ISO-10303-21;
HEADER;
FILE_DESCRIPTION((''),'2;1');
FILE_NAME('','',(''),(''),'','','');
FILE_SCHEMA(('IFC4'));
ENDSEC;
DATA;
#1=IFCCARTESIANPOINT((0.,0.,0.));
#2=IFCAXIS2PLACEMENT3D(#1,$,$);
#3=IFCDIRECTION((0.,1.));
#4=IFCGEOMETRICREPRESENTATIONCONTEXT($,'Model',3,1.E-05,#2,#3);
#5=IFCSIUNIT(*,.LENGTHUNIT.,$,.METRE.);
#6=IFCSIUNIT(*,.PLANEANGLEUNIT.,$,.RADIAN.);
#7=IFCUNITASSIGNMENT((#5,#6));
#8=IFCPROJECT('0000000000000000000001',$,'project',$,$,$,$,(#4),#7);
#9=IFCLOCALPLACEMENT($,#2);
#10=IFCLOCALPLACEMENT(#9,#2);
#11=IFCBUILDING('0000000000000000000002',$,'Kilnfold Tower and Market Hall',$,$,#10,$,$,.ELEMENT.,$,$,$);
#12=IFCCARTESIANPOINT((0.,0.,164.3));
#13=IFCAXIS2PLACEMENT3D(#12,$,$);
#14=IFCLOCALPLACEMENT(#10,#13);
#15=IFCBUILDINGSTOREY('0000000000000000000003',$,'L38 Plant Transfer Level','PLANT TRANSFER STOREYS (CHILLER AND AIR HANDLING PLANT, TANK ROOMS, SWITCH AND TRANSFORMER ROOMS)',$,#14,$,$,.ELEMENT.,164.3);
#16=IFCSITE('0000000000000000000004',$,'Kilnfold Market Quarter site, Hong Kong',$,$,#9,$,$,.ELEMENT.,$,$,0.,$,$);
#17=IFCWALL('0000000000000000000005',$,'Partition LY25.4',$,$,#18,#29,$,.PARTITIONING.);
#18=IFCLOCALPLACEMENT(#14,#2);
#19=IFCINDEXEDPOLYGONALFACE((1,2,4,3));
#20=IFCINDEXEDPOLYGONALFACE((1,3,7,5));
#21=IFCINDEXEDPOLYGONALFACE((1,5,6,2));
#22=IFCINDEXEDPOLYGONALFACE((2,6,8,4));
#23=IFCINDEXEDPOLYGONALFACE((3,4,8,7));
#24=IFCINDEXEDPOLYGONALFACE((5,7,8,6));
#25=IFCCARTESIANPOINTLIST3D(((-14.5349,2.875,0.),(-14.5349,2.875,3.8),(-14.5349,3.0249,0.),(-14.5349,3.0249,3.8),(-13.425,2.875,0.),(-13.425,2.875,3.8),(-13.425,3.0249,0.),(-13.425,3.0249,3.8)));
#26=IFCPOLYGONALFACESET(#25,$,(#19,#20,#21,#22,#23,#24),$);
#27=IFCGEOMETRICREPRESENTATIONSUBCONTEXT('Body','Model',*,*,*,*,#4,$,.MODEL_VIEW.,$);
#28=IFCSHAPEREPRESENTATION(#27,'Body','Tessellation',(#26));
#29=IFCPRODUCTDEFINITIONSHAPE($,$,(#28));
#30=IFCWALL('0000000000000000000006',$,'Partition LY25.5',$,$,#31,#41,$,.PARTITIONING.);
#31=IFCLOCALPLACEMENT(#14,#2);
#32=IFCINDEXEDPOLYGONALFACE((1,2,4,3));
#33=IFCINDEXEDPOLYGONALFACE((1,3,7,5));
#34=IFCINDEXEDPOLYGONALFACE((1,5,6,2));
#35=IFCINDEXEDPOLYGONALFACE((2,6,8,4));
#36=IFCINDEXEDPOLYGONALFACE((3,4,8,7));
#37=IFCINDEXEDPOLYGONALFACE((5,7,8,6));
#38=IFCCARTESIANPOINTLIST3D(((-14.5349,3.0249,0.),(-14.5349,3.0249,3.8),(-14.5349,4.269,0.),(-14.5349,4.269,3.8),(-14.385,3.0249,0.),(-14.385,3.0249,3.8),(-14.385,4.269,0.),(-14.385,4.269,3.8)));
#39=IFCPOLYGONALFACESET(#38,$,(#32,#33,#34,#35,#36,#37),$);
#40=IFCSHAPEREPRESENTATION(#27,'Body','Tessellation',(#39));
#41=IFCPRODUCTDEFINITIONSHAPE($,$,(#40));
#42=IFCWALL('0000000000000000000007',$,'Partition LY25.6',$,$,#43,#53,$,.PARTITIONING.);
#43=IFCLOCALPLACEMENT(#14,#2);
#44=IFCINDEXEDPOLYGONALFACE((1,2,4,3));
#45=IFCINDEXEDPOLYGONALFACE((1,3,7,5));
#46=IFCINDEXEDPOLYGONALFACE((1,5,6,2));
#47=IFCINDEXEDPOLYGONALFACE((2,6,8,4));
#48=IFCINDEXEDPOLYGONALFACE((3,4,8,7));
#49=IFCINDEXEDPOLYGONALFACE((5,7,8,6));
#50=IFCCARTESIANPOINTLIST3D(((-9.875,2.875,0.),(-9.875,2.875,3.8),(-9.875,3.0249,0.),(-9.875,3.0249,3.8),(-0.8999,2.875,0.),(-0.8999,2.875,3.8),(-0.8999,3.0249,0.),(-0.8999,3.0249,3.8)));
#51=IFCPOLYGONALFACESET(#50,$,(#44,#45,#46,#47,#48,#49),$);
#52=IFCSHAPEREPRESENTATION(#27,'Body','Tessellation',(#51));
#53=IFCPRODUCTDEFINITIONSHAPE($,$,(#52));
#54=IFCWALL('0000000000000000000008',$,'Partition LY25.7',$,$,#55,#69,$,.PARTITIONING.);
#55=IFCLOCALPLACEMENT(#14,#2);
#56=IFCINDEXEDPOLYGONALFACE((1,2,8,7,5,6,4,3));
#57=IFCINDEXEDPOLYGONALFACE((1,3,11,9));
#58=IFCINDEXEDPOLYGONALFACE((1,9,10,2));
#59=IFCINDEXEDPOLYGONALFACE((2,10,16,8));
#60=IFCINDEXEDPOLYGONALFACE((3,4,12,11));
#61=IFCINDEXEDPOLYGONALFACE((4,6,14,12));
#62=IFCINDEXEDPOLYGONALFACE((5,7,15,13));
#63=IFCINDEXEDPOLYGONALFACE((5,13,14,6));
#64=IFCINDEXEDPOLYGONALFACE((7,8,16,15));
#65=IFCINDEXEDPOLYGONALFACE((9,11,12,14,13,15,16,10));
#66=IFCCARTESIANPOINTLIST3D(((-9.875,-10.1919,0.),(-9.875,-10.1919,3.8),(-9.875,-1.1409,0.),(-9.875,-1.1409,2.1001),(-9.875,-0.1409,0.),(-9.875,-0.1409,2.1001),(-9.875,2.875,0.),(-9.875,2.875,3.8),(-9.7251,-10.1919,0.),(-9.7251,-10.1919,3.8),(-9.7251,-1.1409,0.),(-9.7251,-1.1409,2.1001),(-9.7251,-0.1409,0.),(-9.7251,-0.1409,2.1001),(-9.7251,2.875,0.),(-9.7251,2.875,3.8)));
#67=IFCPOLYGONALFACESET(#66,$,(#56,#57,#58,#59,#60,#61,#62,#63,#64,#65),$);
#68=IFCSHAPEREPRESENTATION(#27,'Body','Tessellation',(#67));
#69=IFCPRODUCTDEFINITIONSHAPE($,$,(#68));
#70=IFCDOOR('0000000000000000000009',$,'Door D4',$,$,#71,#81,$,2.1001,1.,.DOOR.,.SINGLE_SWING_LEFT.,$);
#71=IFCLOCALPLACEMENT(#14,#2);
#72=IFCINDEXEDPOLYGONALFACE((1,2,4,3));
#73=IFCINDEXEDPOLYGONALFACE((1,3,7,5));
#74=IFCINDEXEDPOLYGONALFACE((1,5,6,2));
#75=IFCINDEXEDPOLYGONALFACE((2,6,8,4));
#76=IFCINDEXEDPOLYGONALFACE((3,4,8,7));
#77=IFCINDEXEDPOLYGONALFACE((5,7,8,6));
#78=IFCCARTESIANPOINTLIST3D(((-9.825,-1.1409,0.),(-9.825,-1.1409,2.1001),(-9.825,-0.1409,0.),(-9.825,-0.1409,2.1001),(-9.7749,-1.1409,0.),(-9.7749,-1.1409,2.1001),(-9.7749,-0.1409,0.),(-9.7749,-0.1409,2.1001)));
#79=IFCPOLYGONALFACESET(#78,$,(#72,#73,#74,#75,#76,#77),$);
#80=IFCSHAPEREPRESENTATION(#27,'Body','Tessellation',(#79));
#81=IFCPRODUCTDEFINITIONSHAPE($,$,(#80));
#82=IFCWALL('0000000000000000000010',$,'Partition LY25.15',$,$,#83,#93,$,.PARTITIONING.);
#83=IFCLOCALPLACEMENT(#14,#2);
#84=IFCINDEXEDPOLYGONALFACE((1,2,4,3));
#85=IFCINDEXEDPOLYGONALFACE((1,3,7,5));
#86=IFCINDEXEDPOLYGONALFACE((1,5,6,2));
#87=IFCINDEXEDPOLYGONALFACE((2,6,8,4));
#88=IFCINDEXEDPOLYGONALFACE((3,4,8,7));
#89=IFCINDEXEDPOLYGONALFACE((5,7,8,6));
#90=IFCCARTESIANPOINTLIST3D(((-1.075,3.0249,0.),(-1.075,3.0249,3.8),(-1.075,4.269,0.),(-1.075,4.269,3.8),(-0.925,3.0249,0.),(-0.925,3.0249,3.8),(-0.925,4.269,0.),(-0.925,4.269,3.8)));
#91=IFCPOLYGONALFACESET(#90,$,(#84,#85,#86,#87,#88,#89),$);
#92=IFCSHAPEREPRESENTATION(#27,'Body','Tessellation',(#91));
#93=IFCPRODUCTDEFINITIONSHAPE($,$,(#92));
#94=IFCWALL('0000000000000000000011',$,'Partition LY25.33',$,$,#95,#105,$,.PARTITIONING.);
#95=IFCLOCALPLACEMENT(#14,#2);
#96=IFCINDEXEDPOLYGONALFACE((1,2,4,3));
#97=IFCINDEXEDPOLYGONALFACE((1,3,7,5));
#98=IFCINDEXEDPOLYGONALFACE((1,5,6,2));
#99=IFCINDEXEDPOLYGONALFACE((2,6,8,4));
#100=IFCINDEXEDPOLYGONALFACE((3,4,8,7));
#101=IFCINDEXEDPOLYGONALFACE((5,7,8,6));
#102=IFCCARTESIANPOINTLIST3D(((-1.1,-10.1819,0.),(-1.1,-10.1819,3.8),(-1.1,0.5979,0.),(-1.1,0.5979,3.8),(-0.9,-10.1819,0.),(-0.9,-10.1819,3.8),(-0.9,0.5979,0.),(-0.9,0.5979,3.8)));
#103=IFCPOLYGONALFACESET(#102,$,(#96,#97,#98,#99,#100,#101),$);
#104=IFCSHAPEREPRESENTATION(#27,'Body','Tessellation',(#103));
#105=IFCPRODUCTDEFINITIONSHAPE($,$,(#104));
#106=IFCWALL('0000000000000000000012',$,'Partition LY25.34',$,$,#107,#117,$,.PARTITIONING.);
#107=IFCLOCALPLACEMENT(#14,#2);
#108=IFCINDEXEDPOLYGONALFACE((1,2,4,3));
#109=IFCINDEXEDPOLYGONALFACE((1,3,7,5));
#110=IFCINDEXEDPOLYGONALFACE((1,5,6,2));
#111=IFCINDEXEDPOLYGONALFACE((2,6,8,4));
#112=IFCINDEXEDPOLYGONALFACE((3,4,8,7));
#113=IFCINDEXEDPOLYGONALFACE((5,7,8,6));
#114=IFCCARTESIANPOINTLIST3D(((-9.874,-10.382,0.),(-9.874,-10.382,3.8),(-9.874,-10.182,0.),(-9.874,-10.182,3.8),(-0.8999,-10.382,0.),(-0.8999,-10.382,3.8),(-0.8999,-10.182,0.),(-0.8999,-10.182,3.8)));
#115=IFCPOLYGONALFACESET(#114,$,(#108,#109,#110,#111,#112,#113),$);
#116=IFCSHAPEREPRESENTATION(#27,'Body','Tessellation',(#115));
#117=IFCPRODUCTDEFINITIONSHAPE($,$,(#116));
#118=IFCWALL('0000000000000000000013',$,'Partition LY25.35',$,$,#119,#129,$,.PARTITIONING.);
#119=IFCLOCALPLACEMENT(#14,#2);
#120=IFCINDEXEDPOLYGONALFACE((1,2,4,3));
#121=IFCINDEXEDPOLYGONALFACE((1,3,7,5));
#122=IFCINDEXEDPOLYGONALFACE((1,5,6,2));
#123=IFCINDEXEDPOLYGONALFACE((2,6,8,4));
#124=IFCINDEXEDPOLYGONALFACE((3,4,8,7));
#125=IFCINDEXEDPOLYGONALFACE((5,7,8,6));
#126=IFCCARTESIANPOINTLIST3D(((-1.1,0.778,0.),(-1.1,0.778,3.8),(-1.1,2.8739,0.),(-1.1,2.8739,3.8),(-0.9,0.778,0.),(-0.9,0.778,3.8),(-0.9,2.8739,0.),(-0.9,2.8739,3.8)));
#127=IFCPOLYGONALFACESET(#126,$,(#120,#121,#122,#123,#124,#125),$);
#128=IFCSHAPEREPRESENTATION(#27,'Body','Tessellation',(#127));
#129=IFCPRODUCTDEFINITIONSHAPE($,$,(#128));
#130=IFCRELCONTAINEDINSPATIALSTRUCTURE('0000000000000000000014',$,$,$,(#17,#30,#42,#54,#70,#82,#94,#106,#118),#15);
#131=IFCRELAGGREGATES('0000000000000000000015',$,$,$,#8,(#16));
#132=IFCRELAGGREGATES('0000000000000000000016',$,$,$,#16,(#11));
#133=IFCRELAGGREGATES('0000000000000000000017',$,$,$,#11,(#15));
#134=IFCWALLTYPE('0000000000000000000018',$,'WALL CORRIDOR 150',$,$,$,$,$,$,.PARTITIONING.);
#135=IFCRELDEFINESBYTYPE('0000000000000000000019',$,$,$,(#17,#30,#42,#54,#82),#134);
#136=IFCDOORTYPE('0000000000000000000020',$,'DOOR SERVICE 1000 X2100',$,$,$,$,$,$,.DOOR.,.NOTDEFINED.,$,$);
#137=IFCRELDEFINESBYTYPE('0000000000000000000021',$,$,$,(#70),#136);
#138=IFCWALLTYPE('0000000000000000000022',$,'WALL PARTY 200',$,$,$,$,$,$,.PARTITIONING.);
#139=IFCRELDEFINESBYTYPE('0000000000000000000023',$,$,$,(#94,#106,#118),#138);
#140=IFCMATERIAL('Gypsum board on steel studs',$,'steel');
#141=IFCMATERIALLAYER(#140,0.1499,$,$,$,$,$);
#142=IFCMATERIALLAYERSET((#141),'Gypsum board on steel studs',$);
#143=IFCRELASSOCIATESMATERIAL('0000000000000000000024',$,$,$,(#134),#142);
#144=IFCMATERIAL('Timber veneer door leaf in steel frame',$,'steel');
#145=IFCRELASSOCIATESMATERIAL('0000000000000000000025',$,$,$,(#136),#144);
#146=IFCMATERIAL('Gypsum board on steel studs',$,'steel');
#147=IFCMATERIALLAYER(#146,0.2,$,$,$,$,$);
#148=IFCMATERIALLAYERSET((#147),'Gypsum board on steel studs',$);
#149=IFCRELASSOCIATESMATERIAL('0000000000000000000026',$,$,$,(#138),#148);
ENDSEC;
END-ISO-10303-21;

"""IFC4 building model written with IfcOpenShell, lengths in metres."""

from ifc_helpers import new_model, si_unit, direction, frame, frame_2d, origin, place, context, subcontext, project, spatial, rectangle, extrude, material, layer, layer_set, type_object, element, fill, save


model = new_model("IFC4")

# Units and contexts
model_context = context("Model", 3, precision=1e-05, world=origin(), true_north=direction((0.0, 1.0)))
body_context = subcontext(model_context, "Body", "Model", "MODEL_VIEW")
ifc_project = project(units=[si_unit("LENGTHUNIT", "METRE"), si_unit("PLANEANGLEUNIT", "RADIAN")], contexts=[model_context])

# Site, building, storey
site_placement = place(None, origin())
site = spatial("IfcSite", under=ifc_project, at=site_placement, Name="Kilnfold Market Quarter site, Hong Kong", CompositionType="ELEMENT", RefElevation=0.0)
building_placement = place(site_placement, origin())
building = spatial("IfcBuilding", under=site, at=building_placement, Name="Kilnfold Tower and Market Hall", CompositionType="ELEMENT")
storey_placement = place(building_placement, frame((0.0, 0.0, 164.3)))
storey = spatial("IfcBuildingStorey", under=building, at=storey_placement, Name="L38 Plant Transfer Level", Description="PLANT TRANSFER STOREYS (CHILLER AND AIR HANDLING PLANT, TANK ROOMS, SWITCH AND TRANSFORMER ROOMS)", CompositionType="ELEMENT", Elevation=164.3)

# Shared definitions
ifc_material_1 = material(Name="Gypsum board on steel studs", Category="steel")
ifc_layer_1 = layer(ifc_material_1, 0.1499)
ifc_layer_set_1 = layer_set([ifc_layer_1], Name="Gypsum board on steel studs")
wall_type_1 = type_object("IfcWallType", Name="WALL CORRIDOR 150", PredefinedType="PARTITIONING", material=ifc_layer_set_1)
ifc_material_2 = material(Name="Timber veneer door leaf in steel frame", Category="steel")
door_type = type_object("IfcDoorType", Name="DOOR SERVICE 1000 X2100", OperationType="NOTDEFINED", PredefinedType="DOOR", material=ifc_material_2)

# Walls
wall_1_placement = place(storey_placement, frame((-14.5349, 2.95, 0.0), z_axis=(0.0, 0.0, 1.0), x_axis=(1.0, 0.0, 0.0)))
element("IfcWall", 1, at=wall_1_placement, inside=storey, type_object=wall_type_1, Name="Partition LY25.4", PredefinedType="PARTITIONING", context=body_context, shape_type="SweptSolid", body=[
    extrude(rectangle(XDim=1.1099, YDim=0.1499, at=frame_2d((0.5549, 0.0))), origin(), (0.0, 0.0, 1.0), 3.8),
])
wall_2_placement = place(storey_placement, frame((-14.46, 4.269, 0.0), z_axis=(0.0, 0.0, 1.0), x_axis=(0.0, -1.0, 0.0)))
element("IfcWall", 2, at=wall_2_placement, inside=storey, type_object=wall_type_1, Name="Partition LY25.5", PredefinedType="PARTITIONING", context=body_context, shape_type="SweptSolid", body=[
    extrude(rectangle(XDim=1.2441, YDim=0.1499, at=frame_2d((0.6221, 0.0))), origin(), (0.0, 0.0, 1.0), 3.8),
])
wall_3_placement = place(storey_placement, frame((-9.875, 2.95, 0.0), z_axis=(0.0, 0.0, 1.0), x_axis=(1.0, 0.0, 0.0)))
element("IfcWall", 3, at=wall_3_placement, inside=storey, type_object=wall_type_1, Name="Partition LY25.6", PredefinedType="PARTITIONING", context=body_context, shape_type="SweptSolid", body=[
    extrude(rectangle(XDim=8.9751, YDim=0.1499, at=frame_2d((4.4875, 0.0))), origin(), (0.0, 0.0, 1.0), 3.8),
])

# Wall, opening, door
wall_4_placement = place(storey_placement, frame((-9.8, -10.1919, 0.0), z_axis=(0.0, 0.0, 1.0), x_axis=(0.0, 1.0, 0.0)))
wall_4 = element("IfcWall", 4, at=wall_4_placement, inside=storey, type_object=wall_type_1, Name="Partition LY25.7", PredefinedType="PARTITIONING", context=body_context, shape_type="SweptSolid", body=[
    extrude(rectangle(XDim=13.0669, YDim=0.1499, at=frame_2d((6.5334, 0.0))), origin(), (0.0, 0.0, 1.0), 3.8),
])
opening_1_placement = place(wall_4_placement, frame((9.051, 0.0, 0.0)))
opening_1 = element("IfcOpeningElement", 5, at=opening_1_placement, cuts=wall_4, PredefinedType="OPENING", context=body_context, shape_type="SweptSolid", body=[
    extrude(rectangle(XDim=1.0, YDim=2.1001, at=frame_2d((0.5, 1.05))), frame((0.0, 0.085, 0.0), z_axis=(0.0, -1.0, 0.0), x_axis=(1.0, 0.0, 0.0)), (0.0, 0.0, 1.0), 0.1699),
])
door_1_placement = place(opening_1_placement, origin())
door_1 = element("IfcDoor", 6, at=door_1_placement, inside=storey, type_object=door_type, Name="Door D4", OperationType="SINGLE_SWING_LEFT", OverallHeight=2.1001, OverallWidth=1.0, PredefinedType="DOOR", context=body_context, shape_type="SweptSolid", body=[
    extrude(rectangle(XDim=1.0, YDim=2.1001, at=frame_2d((0.5, 1.05))), frame((0.0, 0.0249, 0.0), z_axis=(0.0, -1.0, 0.0), x_axis=(1.0, 0.0, 0.0)), (0.0, 0.0, 1.0), 0.05),
])
fill(opening_1, door_1)

# Walls
wall_5_placement = place(storey_placement, frame((-1.0, 3.0249, 0.0), z_axis=(0.0, 0.0, 1.0), x_axis=(0.0, 1.0, 0.0)))
element("IfcWall", 7, at=wall_5_placement, inside=storey, type_object=wall_type_1, Name="Partition LY25.15", PredefinedType="PARTITIONING", context=body_context, shape_type="SweptSolid", body=[
    extrude(rectangle(XDim=1.2441, YDim=0.1499, at=frame_2d((0.6221, 0.0))), origin(), (0.0, 0.0, 1.0), 3.8),
])
ifc_material_3 = material(Name="Gypsum board on steel studs", Category="steel")
ifc_layer_2 = layer(ifc_material_3, 0.2)
ifc_layer_set_2 = layer_set([ifc_layer_2], Name="Gypsum board on steel studs")
wall_type_2 = type_object("IfcWallType", Name="WALL PARTY 200", PredefinedType="PARTITIONING", material=ifc_layer_set_2)
wall_6_placement = place(storey_placement, frame((-1.0, -10.1819, 0.0), z_axis=(0.0, 0.0, 1.0), x_axis=(0.0, 1.0, 0.0)))
element("IfcWall", 8, at=wall_6_placement, inside=storey, type_object=wall_type_2, Name="Partition LY25.33", PredefinedType="PARTITIONING", context=body_context, shape_type="SweptSolid", body=[
    extrude(rectangle(XDim=10.7798, YDim=0.2, at=frame_2d((5.3899, 0.0))), origin(), (0.0, 0.0, 1.0), 3.8),
])
wall_7_placement = place(storey_placement, frame((-9.874, -10.282, 0.0), z_axis=(0.0, 0.0, 1.0), x_axis=(1.0, 0.0, 0.0)))
element("IfcWall", 9, at=wall_7_placement, inside=storey, type_object=wall_type_2, Name="Partition LY25.34", PredefinedType="PARTITIONING", context=body_context, shape_type="SweptSolid", body=[
    extrude(rectangle(XDim=8.9741, YDim=0.2, at=frame_2d((4.4871, 0.0))), origin(), (0.0, 0.0, 1.0), 3.8),
])
wall_8_placement = place(storey_placement, frame((-1.0, 0.7781, 0.0), z_axis=(0.0, 0.0, 1.0), x_axis=(0.0, 1.0, 0.0)))
element("IfcWall", 10, at=wall_8_placement, inside=storey, type_object=wall_type_2, Name="Partition LY25.35", PredefinedType="PARTITIONING", context=body_context, shape_type="SweptSolid", body=[
    extrude(rectangle(XDim=2.0959, YDim=0.2, at=frame_2d((1.0479, 0.0))), origin(), (0.0, 0.0, 1.0), 3.8),
])

save(model, "model.ifc")
